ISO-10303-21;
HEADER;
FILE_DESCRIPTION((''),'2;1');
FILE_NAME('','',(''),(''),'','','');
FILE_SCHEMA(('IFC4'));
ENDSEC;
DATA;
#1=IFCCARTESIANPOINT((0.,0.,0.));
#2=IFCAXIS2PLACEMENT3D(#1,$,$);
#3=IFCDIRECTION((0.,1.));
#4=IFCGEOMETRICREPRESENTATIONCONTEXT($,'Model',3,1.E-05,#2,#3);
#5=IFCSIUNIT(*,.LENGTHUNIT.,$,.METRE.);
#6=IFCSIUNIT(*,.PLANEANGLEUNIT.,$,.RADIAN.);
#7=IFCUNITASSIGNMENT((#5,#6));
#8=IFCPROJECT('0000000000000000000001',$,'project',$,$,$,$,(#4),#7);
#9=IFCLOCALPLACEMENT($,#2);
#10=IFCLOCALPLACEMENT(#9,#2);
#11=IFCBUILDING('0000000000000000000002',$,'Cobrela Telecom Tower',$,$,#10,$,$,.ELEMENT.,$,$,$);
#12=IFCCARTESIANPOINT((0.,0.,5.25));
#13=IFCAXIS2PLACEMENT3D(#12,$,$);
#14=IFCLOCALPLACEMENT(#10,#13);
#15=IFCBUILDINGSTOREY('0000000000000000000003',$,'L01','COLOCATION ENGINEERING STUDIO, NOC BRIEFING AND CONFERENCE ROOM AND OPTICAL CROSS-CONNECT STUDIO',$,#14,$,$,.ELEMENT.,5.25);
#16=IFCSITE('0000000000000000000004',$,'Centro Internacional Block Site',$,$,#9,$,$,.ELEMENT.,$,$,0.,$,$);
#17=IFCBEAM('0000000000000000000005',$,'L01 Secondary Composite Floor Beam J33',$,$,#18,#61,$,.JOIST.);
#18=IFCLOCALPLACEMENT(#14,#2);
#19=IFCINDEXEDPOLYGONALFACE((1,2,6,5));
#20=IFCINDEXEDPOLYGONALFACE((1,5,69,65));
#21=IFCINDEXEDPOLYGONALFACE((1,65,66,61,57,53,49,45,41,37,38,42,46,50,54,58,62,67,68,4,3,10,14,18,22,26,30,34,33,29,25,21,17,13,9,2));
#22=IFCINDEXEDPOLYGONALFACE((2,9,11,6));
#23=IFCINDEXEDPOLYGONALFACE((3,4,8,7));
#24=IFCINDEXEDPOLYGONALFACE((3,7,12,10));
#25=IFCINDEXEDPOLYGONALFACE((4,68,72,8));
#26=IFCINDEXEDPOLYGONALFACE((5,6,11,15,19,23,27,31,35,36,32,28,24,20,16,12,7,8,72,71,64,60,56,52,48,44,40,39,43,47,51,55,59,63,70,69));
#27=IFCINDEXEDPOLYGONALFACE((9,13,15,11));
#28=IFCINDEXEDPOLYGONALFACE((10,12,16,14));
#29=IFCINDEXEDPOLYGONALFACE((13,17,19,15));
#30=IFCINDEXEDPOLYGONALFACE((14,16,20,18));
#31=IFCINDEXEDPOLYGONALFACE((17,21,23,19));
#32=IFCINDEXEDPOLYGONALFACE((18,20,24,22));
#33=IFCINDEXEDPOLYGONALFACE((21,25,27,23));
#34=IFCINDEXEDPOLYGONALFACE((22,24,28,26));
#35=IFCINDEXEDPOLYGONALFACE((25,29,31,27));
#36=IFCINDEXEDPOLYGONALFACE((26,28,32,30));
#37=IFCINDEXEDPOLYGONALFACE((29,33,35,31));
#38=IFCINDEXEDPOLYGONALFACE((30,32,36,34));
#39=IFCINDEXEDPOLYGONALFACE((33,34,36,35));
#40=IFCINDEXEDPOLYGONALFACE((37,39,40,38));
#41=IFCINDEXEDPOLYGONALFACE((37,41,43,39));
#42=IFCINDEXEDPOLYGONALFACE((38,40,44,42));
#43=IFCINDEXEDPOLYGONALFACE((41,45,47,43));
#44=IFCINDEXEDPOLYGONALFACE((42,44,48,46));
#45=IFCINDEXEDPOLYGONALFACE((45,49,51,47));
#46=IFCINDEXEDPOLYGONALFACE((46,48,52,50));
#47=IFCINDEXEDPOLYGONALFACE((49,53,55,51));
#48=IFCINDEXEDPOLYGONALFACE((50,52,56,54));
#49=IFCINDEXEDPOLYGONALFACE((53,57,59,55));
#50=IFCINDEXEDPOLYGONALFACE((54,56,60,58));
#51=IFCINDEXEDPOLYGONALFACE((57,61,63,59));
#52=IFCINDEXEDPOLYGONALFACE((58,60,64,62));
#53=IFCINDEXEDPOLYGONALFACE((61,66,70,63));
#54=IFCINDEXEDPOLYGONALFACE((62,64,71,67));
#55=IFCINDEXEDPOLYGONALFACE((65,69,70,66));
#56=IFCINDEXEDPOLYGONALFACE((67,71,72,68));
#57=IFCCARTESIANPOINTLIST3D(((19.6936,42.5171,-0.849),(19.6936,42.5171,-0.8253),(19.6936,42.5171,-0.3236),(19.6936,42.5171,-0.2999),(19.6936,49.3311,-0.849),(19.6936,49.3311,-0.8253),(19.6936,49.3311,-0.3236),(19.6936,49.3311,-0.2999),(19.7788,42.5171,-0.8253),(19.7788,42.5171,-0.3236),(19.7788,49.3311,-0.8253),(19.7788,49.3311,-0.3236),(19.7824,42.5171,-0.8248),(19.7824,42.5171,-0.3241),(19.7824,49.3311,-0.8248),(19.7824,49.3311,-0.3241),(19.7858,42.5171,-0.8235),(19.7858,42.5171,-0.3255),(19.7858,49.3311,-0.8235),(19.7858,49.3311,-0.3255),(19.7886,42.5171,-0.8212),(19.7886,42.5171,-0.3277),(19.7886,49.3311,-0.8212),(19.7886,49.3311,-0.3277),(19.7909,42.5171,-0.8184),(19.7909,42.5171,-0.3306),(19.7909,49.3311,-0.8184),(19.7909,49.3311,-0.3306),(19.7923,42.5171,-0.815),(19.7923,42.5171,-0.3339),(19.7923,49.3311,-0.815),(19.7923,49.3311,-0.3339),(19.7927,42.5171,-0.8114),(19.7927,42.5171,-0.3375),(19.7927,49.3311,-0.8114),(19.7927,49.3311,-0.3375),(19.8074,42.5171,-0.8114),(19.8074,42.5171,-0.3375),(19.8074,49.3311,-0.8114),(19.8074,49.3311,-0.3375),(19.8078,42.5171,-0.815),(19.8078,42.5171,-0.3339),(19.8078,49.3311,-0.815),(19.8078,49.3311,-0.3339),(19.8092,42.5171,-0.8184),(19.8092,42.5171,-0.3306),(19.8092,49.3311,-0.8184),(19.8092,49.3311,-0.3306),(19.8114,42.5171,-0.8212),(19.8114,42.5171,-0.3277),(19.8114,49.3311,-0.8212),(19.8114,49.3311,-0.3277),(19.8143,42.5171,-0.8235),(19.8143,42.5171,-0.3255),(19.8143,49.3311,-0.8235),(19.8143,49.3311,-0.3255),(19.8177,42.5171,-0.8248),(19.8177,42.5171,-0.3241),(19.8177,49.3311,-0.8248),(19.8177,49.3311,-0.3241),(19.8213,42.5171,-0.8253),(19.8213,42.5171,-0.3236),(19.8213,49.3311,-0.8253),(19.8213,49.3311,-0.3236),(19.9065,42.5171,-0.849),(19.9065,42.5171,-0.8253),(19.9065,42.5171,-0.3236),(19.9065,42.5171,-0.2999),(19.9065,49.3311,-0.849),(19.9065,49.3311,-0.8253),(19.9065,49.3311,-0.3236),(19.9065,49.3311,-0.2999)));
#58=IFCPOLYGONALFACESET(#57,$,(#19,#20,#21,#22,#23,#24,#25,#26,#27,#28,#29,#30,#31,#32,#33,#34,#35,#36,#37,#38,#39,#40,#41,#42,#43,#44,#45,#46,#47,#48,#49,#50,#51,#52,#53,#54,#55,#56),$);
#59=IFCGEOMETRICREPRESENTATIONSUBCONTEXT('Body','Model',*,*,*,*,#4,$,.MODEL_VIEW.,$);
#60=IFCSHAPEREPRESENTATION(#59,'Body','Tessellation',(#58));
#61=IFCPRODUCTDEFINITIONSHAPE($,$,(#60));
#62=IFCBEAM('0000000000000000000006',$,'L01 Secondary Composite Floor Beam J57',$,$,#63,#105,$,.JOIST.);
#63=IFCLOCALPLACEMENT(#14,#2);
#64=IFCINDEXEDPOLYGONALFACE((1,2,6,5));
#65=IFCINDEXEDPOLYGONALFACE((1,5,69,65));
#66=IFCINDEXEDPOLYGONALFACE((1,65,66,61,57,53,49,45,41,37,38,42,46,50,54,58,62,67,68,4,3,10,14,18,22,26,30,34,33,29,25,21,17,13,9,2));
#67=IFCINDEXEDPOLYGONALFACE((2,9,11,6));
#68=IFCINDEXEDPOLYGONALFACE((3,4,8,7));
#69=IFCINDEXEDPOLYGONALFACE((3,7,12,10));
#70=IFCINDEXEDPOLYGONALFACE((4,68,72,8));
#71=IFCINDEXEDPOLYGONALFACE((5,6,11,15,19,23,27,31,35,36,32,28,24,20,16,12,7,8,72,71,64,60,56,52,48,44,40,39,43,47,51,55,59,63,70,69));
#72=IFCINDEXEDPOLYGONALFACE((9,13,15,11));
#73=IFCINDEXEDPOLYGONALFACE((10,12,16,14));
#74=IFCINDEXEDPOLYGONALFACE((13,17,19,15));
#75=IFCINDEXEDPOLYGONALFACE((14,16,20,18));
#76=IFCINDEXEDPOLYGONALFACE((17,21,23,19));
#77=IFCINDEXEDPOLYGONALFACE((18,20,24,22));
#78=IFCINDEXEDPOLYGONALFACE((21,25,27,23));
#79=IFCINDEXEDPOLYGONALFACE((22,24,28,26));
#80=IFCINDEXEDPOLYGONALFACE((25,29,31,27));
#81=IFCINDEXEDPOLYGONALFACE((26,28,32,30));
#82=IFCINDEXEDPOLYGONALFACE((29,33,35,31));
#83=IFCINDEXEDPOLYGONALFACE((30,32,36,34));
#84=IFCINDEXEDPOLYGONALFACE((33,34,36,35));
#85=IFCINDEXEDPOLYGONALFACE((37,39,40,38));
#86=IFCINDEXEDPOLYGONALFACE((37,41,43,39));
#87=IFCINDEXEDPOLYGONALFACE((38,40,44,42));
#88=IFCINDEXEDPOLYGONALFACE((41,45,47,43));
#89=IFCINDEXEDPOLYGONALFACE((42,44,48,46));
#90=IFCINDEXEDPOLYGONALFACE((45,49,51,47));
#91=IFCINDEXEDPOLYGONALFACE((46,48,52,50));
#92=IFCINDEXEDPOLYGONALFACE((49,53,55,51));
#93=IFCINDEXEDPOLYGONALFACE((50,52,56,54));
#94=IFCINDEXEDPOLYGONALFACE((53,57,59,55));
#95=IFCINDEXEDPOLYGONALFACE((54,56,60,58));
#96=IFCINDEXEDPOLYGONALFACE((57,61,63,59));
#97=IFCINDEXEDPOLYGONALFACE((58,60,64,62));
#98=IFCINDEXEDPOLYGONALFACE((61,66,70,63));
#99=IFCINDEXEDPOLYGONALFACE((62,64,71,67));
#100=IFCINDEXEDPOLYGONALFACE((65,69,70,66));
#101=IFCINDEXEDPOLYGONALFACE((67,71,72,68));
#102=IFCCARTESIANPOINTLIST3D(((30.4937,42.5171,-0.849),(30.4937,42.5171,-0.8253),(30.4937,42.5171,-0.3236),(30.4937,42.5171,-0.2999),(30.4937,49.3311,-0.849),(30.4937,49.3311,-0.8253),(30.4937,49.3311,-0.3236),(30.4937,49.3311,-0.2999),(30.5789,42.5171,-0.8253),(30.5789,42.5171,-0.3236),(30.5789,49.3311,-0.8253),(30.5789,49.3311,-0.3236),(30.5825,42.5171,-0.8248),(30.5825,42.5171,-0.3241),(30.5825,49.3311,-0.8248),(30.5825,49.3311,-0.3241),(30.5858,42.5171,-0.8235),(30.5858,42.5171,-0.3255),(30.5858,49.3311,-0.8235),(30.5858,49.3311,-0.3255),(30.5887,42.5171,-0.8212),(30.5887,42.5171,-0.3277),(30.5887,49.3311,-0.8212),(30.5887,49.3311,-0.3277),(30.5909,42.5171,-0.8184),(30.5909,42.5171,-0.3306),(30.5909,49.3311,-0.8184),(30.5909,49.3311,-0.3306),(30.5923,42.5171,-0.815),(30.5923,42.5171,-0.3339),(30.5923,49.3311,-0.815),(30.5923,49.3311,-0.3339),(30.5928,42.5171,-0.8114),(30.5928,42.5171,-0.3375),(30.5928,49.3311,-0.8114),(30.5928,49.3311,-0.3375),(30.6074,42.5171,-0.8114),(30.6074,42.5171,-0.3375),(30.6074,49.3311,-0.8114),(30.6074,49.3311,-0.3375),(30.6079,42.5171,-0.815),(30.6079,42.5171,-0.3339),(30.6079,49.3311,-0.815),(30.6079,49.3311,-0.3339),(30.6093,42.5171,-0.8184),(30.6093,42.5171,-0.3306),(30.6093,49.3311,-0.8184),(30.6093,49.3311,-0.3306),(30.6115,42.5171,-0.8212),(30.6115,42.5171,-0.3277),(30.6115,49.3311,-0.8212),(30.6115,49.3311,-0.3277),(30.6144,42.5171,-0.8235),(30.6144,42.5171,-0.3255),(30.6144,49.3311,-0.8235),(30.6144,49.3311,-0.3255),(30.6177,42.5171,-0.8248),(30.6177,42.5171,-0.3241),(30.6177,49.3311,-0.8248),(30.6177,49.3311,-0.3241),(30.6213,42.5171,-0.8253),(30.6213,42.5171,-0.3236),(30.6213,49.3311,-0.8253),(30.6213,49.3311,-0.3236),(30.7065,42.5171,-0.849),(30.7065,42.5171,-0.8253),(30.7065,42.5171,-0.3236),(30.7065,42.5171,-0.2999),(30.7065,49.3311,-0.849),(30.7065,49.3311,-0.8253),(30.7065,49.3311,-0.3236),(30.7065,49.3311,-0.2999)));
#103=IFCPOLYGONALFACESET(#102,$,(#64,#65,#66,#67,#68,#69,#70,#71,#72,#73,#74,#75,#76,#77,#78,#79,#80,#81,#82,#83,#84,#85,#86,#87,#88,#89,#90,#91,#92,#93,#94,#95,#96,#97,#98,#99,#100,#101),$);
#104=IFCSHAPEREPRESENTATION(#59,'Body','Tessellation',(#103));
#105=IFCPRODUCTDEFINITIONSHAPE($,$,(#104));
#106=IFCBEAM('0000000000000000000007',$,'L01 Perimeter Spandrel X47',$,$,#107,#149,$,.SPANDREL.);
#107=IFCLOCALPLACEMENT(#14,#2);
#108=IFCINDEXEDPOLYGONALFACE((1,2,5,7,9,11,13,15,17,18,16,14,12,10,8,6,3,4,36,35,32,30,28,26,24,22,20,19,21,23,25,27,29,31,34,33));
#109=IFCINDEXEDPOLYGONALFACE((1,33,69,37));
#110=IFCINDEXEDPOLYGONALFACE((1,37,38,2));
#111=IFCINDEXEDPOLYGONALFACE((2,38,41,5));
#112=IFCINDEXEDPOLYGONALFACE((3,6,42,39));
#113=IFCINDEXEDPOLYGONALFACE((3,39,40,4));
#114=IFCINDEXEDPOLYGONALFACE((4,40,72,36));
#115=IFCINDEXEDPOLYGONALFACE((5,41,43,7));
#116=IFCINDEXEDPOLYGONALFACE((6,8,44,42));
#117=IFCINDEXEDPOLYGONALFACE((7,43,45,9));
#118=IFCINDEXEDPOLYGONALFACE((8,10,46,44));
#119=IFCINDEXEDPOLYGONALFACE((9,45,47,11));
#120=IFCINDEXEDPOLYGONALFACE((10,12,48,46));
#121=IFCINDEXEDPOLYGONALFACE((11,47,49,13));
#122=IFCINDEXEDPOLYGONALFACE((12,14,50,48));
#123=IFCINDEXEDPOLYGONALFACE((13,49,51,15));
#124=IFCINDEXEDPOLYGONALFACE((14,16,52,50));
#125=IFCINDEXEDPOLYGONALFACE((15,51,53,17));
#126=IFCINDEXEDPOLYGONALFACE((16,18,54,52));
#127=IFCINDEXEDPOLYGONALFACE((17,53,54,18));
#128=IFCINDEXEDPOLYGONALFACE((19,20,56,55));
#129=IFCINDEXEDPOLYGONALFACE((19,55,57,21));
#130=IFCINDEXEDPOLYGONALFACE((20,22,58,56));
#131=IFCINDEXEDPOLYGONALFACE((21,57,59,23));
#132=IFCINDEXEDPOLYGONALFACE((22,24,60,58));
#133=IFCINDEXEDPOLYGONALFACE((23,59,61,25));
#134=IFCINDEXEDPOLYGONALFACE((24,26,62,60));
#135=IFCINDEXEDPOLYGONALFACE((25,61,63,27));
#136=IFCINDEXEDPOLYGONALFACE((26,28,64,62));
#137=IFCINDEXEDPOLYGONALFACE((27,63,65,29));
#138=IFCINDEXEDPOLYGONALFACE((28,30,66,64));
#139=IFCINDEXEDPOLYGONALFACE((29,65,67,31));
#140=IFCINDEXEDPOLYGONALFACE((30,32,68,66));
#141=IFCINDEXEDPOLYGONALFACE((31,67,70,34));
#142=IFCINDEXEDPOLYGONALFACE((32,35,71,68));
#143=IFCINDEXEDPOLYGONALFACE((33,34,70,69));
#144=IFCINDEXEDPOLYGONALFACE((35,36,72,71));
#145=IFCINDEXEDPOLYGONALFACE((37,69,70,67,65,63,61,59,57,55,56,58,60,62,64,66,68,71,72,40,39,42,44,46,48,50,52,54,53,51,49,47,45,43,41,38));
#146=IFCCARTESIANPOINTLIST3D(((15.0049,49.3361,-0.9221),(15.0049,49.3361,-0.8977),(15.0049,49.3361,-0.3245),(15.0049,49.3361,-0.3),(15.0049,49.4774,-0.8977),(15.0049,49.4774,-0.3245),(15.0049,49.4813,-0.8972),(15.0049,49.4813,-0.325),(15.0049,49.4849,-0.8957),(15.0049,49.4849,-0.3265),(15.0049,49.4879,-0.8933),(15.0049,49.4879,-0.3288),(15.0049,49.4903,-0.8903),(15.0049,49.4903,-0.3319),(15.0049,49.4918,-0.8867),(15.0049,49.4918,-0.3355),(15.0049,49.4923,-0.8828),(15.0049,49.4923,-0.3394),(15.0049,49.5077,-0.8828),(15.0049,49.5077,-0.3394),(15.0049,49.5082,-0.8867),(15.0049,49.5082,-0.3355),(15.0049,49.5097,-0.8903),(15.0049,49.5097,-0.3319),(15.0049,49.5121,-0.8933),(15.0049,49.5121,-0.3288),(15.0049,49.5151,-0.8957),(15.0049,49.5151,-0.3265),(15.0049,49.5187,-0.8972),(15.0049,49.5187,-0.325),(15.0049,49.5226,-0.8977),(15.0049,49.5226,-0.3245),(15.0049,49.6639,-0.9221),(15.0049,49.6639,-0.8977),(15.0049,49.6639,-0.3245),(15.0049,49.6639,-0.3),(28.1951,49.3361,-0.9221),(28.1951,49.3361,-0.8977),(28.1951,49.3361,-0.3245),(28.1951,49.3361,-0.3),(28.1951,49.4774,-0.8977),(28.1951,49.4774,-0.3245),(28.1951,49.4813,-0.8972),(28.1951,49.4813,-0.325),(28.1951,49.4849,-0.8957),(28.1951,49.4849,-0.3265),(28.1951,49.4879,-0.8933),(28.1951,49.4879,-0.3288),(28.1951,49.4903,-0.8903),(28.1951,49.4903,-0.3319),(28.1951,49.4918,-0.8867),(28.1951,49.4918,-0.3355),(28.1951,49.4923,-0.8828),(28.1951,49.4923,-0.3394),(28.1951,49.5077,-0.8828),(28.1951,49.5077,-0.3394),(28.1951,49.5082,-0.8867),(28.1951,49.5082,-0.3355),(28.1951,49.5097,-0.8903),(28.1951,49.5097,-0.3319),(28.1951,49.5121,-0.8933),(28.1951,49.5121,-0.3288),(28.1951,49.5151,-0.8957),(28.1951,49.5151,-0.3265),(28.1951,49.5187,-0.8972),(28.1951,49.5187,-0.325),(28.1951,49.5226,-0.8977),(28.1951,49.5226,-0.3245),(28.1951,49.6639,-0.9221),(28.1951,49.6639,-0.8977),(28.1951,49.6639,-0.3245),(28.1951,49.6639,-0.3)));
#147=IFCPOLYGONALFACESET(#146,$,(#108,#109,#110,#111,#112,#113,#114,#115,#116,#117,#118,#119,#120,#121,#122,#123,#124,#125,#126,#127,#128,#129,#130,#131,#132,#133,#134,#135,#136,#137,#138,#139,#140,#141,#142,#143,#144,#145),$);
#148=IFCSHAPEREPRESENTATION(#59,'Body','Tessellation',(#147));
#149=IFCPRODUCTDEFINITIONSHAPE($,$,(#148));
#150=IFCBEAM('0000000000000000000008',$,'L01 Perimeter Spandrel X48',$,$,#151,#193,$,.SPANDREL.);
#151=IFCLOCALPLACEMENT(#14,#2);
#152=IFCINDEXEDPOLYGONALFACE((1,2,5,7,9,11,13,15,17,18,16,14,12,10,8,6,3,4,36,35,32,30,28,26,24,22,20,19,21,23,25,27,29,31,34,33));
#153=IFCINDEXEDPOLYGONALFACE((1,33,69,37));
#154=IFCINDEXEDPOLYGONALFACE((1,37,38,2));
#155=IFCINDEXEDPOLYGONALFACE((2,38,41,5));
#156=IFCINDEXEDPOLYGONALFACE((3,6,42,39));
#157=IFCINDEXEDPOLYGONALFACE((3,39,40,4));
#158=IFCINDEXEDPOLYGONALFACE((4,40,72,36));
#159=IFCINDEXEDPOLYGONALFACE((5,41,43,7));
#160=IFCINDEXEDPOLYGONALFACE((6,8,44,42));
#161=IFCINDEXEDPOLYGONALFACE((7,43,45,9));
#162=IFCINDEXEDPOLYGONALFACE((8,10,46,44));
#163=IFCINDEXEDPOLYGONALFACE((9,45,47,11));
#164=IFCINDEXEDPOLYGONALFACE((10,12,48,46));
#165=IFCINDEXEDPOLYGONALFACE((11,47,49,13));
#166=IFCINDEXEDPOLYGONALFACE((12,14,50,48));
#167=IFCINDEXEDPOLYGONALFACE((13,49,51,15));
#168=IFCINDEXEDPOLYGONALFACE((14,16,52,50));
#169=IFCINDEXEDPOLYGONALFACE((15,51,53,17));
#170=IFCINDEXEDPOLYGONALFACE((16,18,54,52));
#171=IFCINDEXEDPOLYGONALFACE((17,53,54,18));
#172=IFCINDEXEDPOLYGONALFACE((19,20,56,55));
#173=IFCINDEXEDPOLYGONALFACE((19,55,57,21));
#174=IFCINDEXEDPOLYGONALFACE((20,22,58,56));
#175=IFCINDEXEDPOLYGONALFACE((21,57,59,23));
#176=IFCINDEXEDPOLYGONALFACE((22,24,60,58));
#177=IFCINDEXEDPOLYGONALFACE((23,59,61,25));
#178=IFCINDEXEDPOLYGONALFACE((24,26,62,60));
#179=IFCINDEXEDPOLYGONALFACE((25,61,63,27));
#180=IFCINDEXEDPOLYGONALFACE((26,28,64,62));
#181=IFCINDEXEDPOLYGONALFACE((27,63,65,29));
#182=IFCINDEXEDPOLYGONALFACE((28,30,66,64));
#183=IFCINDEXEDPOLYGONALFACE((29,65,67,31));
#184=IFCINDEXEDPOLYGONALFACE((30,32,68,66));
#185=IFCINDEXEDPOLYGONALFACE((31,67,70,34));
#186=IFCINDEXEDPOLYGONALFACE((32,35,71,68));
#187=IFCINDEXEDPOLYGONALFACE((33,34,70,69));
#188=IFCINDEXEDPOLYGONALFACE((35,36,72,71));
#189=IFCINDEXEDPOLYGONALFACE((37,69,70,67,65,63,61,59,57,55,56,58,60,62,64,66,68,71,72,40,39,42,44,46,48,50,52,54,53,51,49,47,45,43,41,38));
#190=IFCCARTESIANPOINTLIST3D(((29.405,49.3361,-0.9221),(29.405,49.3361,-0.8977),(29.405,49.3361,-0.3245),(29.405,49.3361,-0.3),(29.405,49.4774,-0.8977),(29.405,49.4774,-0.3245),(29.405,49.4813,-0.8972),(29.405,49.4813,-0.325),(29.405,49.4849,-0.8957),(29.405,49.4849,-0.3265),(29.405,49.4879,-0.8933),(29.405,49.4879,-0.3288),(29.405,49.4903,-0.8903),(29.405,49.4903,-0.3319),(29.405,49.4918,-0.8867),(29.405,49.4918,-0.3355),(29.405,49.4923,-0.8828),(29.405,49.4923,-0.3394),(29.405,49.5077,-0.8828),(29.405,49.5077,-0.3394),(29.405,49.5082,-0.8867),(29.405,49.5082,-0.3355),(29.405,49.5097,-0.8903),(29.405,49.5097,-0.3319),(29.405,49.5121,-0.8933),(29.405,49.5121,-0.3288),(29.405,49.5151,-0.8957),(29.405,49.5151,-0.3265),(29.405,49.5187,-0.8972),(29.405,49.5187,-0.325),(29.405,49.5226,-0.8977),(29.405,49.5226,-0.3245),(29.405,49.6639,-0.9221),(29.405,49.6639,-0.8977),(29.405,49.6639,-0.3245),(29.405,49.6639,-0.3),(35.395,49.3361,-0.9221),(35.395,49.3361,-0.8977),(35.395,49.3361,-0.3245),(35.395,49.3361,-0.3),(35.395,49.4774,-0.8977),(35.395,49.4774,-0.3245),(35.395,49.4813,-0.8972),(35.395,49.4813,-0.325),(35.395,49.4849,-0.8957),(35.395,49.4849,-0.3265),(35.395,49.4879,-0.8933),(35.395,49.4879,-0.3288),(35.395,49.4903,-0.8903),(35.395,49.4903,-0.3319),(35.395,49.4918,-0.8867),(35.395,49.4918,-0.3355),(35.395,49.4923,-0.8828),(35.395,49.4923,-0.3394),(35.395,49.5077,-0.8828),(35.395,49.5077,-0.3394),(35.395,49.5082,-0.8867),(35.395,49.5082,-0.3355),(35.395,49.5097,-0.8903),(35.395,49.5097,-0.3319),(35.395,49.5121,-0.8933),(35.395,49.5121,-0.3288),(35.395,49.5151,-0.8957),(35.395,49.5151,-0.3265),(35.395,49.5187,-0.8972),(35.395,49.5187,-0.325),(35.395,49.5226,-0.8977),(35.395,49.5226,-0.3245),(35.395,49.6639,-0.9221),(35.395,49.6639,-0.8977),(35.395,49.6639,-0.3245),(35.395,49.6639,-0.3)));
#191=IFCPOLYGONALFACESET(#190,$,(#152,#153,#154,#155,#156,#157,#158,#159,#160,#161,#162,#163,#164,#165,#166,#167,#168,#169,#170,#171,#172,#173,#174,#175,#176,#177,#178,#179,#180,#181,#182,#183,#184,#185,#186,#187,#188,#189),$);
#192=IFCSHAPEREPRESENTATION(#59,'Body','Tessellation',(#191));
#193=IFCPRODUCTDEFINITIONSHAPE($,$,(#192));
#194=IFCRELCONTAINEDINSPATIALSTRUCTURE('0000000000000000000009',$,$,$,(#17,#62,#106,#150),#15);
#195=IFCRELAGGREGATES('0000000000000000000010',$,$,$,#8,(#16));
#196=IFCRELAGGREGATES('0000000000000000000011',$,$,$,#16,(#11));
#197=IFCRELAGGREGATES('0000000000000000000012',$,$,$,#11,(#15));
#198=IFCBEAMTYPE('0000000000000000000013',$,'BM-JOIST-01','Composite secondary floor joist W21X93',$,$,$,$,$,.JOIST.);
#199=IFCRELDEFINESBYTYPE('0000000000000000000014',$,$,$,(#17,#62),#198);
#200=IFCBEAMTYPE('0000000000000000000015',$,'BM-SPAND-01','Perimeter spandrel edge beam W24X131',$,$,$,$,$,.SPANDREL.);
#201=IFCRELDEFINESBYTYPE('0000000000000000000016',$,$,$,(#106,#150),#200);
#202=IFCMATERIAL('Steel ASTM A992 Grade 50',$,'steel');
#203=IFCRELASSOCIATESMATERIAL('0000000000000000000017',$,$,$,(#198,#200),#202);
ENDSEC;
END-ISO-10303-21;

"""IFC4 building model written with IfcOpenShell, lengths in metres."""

from ifc_helpers import new_model, si_unit, direction, frame, origin, origin_2d, place, context, subcontext, project, spatial, i_section, extrude, material, material_profile, profile_set, type_object, element, save


model = new_model("IFC4")

# Units and contexts
model_context = context("Model", 3, precision=1e-05, world=origin(), true_north=direction((0.0, 1.0)))
body_context = subcontext(model_context, "Body", "Model", "MODEL_VIEW")
ifc_project = project(units=[si_unit("LENGTHUNIT", "METRE"), si_unit("PLANEANGLEUNIT", "RADIAN")], contexts=[model_context])

# Site, building, storey
site_placement = place(None, origin())
site = spatial("IfcSite", under=ifc_project, at=site_placement, Name="Centro Internacional Block Site", CompositionType="ELEMENT", RefElevation=0.0)
building_placement = place(site_placement, origin())
building = spatial("IfcBuilding", under=site, at=building_placement, Name="Cobrela Telecom Tower", CompositionType="ELEMENT")
storey_placement = place(building_placement, frame((0.0, 0.0, 5.25)))
storey = spatial("IfcBuildingStorey", under=building, at=storey_placement, Name="L01", Description="COLOCATION ENGINEERING STUDIO, NOC BRIEFING AND CONFERENCE ROOM AND OPTICAL CROSS-CONNECT STUDIO", CompositionType="ELEMENT", Elevation=5.25)

# Beams
ifc_material_1 = material(Name="Steel ASTM A992 Grade 50", Category="steel")
ifc_material_profile_1 = material_profile(ifc_material_1, i_section(OverallWidth=0.2129, OverallDepth=0.5491, WebThickness=0.0146, FlangeThickness=0.0237, FilletRadius=0.0139, at=origin_2d()), Name="W21X93")
ifc_profile_set_1 = profile_set([ifc_material_profile_1], Name="Steel ASTM A992 Grade 50")
beam_type_1 = type_object("IfcBeamType", Name="BM-JOIST-01", Description="Composite secondary floor joist W21X93", PredefinedType="JOIST", material=ifc_profile_set_1)
for number, where, z_axis, x_axis, name in (
    (1, (19.8, 42.5171, -0.5745), (0.0, 1.0, 0.0), (-1.0, 0.0, 0.0), "L01 Secondary Composite Floor Beam J33"),
    (2, (30.6001, 42.5171, -0.5745), (0.0, 1.0, 0.0), (-1.0, 0.0, 0.0), "L01 Secondary Composite Floor Beam J57"),
):
    element("IfcBeam", number, at=place(storey_placement, frame(where, z_axis=z_axis, x_axis=x_axis)), inside=storey, type_object=beam_type_1, Name=name, PredefinedType="JOIST", context=body_context, shape_type="SweptSolid", body=[
        extrude(i_section(OverallWidth=0.2129, OverallDepth=0.5491, WebThickness=0.0146, FlangeThickness=0.0237, FilletRadius=0.0139, at=origin_2d()), origin(), (0.0, 0.0, 1.0), 6.814),
    ])
ifc_material_profile_2 = material_profile(ifc_material_1, i_section(OverallWidth=0.3279, OverallDepth=0.6221, WebThickness=0.0154, FlangeThickness=0.0244, FilletRadius=0.0149, at=origin_2d()), Name="W24X131")
ifc_profile_set_2 = profile_set([ifc_material_profile_2], Name="Steel ASTM A992 Grade 50")
beam_type_2 = type_object("IfcBeamType", Name="BM-SPAND-01", Description="Perimeter spandrel edge beam W24X131", PredefinedType="SPANDREL", material=ifc_profile_set_2)
beam_1_placement = place(storey_placement, frame((15.0049, 49.5, -0.6111), z_axis=(1.0, 0.0, 0.0), x_axis=(0.0, 1.0, 0.0)))
element("IfcBeam", 3, at=beam_1_placement, inside=storey, type_object=beam_type_2, Name="L01 Perimeter Spandrel X47", PredefinedType="SPANDREL", context=body_context, shape_type="SweptSolid", body=[
    extrude(i_section(OverallWidth=0.3279, OverallDepth=0.6221, WebThickness=0.0154, FlangeThickness=0.0244, FilletRadius=0.0149, at=origin_2d()), origin(), (0.0, 0.0, 1.0), 13.1902),
])
beam_2_placement = place(storey_placement, frame((29.405, 49.5, -0.6111), z_axis=(1.0, 0.0, 0.0), x_axis=(0.0, 1.0, 0.0)))
element("IfcBeam", 4, at=beam_2_placement, inside=storey, type_object=beam_type_2, Name="L01 Perimeter Spandrel X48", PredefinedType="SPANDREL", context=body_context, shape_type="SweptSolid", body=[
    extrude(i_section(OverallWidth=0.3279, OverallDepth=0.6221, WebThickness=0.0154, FlangeThickness=0.0244, FilletRadius=0.0149, at=origin_2d()), origin(), (0.0, 0.0, 1.0), 5.99),
])

save(model, "model.ifc")
